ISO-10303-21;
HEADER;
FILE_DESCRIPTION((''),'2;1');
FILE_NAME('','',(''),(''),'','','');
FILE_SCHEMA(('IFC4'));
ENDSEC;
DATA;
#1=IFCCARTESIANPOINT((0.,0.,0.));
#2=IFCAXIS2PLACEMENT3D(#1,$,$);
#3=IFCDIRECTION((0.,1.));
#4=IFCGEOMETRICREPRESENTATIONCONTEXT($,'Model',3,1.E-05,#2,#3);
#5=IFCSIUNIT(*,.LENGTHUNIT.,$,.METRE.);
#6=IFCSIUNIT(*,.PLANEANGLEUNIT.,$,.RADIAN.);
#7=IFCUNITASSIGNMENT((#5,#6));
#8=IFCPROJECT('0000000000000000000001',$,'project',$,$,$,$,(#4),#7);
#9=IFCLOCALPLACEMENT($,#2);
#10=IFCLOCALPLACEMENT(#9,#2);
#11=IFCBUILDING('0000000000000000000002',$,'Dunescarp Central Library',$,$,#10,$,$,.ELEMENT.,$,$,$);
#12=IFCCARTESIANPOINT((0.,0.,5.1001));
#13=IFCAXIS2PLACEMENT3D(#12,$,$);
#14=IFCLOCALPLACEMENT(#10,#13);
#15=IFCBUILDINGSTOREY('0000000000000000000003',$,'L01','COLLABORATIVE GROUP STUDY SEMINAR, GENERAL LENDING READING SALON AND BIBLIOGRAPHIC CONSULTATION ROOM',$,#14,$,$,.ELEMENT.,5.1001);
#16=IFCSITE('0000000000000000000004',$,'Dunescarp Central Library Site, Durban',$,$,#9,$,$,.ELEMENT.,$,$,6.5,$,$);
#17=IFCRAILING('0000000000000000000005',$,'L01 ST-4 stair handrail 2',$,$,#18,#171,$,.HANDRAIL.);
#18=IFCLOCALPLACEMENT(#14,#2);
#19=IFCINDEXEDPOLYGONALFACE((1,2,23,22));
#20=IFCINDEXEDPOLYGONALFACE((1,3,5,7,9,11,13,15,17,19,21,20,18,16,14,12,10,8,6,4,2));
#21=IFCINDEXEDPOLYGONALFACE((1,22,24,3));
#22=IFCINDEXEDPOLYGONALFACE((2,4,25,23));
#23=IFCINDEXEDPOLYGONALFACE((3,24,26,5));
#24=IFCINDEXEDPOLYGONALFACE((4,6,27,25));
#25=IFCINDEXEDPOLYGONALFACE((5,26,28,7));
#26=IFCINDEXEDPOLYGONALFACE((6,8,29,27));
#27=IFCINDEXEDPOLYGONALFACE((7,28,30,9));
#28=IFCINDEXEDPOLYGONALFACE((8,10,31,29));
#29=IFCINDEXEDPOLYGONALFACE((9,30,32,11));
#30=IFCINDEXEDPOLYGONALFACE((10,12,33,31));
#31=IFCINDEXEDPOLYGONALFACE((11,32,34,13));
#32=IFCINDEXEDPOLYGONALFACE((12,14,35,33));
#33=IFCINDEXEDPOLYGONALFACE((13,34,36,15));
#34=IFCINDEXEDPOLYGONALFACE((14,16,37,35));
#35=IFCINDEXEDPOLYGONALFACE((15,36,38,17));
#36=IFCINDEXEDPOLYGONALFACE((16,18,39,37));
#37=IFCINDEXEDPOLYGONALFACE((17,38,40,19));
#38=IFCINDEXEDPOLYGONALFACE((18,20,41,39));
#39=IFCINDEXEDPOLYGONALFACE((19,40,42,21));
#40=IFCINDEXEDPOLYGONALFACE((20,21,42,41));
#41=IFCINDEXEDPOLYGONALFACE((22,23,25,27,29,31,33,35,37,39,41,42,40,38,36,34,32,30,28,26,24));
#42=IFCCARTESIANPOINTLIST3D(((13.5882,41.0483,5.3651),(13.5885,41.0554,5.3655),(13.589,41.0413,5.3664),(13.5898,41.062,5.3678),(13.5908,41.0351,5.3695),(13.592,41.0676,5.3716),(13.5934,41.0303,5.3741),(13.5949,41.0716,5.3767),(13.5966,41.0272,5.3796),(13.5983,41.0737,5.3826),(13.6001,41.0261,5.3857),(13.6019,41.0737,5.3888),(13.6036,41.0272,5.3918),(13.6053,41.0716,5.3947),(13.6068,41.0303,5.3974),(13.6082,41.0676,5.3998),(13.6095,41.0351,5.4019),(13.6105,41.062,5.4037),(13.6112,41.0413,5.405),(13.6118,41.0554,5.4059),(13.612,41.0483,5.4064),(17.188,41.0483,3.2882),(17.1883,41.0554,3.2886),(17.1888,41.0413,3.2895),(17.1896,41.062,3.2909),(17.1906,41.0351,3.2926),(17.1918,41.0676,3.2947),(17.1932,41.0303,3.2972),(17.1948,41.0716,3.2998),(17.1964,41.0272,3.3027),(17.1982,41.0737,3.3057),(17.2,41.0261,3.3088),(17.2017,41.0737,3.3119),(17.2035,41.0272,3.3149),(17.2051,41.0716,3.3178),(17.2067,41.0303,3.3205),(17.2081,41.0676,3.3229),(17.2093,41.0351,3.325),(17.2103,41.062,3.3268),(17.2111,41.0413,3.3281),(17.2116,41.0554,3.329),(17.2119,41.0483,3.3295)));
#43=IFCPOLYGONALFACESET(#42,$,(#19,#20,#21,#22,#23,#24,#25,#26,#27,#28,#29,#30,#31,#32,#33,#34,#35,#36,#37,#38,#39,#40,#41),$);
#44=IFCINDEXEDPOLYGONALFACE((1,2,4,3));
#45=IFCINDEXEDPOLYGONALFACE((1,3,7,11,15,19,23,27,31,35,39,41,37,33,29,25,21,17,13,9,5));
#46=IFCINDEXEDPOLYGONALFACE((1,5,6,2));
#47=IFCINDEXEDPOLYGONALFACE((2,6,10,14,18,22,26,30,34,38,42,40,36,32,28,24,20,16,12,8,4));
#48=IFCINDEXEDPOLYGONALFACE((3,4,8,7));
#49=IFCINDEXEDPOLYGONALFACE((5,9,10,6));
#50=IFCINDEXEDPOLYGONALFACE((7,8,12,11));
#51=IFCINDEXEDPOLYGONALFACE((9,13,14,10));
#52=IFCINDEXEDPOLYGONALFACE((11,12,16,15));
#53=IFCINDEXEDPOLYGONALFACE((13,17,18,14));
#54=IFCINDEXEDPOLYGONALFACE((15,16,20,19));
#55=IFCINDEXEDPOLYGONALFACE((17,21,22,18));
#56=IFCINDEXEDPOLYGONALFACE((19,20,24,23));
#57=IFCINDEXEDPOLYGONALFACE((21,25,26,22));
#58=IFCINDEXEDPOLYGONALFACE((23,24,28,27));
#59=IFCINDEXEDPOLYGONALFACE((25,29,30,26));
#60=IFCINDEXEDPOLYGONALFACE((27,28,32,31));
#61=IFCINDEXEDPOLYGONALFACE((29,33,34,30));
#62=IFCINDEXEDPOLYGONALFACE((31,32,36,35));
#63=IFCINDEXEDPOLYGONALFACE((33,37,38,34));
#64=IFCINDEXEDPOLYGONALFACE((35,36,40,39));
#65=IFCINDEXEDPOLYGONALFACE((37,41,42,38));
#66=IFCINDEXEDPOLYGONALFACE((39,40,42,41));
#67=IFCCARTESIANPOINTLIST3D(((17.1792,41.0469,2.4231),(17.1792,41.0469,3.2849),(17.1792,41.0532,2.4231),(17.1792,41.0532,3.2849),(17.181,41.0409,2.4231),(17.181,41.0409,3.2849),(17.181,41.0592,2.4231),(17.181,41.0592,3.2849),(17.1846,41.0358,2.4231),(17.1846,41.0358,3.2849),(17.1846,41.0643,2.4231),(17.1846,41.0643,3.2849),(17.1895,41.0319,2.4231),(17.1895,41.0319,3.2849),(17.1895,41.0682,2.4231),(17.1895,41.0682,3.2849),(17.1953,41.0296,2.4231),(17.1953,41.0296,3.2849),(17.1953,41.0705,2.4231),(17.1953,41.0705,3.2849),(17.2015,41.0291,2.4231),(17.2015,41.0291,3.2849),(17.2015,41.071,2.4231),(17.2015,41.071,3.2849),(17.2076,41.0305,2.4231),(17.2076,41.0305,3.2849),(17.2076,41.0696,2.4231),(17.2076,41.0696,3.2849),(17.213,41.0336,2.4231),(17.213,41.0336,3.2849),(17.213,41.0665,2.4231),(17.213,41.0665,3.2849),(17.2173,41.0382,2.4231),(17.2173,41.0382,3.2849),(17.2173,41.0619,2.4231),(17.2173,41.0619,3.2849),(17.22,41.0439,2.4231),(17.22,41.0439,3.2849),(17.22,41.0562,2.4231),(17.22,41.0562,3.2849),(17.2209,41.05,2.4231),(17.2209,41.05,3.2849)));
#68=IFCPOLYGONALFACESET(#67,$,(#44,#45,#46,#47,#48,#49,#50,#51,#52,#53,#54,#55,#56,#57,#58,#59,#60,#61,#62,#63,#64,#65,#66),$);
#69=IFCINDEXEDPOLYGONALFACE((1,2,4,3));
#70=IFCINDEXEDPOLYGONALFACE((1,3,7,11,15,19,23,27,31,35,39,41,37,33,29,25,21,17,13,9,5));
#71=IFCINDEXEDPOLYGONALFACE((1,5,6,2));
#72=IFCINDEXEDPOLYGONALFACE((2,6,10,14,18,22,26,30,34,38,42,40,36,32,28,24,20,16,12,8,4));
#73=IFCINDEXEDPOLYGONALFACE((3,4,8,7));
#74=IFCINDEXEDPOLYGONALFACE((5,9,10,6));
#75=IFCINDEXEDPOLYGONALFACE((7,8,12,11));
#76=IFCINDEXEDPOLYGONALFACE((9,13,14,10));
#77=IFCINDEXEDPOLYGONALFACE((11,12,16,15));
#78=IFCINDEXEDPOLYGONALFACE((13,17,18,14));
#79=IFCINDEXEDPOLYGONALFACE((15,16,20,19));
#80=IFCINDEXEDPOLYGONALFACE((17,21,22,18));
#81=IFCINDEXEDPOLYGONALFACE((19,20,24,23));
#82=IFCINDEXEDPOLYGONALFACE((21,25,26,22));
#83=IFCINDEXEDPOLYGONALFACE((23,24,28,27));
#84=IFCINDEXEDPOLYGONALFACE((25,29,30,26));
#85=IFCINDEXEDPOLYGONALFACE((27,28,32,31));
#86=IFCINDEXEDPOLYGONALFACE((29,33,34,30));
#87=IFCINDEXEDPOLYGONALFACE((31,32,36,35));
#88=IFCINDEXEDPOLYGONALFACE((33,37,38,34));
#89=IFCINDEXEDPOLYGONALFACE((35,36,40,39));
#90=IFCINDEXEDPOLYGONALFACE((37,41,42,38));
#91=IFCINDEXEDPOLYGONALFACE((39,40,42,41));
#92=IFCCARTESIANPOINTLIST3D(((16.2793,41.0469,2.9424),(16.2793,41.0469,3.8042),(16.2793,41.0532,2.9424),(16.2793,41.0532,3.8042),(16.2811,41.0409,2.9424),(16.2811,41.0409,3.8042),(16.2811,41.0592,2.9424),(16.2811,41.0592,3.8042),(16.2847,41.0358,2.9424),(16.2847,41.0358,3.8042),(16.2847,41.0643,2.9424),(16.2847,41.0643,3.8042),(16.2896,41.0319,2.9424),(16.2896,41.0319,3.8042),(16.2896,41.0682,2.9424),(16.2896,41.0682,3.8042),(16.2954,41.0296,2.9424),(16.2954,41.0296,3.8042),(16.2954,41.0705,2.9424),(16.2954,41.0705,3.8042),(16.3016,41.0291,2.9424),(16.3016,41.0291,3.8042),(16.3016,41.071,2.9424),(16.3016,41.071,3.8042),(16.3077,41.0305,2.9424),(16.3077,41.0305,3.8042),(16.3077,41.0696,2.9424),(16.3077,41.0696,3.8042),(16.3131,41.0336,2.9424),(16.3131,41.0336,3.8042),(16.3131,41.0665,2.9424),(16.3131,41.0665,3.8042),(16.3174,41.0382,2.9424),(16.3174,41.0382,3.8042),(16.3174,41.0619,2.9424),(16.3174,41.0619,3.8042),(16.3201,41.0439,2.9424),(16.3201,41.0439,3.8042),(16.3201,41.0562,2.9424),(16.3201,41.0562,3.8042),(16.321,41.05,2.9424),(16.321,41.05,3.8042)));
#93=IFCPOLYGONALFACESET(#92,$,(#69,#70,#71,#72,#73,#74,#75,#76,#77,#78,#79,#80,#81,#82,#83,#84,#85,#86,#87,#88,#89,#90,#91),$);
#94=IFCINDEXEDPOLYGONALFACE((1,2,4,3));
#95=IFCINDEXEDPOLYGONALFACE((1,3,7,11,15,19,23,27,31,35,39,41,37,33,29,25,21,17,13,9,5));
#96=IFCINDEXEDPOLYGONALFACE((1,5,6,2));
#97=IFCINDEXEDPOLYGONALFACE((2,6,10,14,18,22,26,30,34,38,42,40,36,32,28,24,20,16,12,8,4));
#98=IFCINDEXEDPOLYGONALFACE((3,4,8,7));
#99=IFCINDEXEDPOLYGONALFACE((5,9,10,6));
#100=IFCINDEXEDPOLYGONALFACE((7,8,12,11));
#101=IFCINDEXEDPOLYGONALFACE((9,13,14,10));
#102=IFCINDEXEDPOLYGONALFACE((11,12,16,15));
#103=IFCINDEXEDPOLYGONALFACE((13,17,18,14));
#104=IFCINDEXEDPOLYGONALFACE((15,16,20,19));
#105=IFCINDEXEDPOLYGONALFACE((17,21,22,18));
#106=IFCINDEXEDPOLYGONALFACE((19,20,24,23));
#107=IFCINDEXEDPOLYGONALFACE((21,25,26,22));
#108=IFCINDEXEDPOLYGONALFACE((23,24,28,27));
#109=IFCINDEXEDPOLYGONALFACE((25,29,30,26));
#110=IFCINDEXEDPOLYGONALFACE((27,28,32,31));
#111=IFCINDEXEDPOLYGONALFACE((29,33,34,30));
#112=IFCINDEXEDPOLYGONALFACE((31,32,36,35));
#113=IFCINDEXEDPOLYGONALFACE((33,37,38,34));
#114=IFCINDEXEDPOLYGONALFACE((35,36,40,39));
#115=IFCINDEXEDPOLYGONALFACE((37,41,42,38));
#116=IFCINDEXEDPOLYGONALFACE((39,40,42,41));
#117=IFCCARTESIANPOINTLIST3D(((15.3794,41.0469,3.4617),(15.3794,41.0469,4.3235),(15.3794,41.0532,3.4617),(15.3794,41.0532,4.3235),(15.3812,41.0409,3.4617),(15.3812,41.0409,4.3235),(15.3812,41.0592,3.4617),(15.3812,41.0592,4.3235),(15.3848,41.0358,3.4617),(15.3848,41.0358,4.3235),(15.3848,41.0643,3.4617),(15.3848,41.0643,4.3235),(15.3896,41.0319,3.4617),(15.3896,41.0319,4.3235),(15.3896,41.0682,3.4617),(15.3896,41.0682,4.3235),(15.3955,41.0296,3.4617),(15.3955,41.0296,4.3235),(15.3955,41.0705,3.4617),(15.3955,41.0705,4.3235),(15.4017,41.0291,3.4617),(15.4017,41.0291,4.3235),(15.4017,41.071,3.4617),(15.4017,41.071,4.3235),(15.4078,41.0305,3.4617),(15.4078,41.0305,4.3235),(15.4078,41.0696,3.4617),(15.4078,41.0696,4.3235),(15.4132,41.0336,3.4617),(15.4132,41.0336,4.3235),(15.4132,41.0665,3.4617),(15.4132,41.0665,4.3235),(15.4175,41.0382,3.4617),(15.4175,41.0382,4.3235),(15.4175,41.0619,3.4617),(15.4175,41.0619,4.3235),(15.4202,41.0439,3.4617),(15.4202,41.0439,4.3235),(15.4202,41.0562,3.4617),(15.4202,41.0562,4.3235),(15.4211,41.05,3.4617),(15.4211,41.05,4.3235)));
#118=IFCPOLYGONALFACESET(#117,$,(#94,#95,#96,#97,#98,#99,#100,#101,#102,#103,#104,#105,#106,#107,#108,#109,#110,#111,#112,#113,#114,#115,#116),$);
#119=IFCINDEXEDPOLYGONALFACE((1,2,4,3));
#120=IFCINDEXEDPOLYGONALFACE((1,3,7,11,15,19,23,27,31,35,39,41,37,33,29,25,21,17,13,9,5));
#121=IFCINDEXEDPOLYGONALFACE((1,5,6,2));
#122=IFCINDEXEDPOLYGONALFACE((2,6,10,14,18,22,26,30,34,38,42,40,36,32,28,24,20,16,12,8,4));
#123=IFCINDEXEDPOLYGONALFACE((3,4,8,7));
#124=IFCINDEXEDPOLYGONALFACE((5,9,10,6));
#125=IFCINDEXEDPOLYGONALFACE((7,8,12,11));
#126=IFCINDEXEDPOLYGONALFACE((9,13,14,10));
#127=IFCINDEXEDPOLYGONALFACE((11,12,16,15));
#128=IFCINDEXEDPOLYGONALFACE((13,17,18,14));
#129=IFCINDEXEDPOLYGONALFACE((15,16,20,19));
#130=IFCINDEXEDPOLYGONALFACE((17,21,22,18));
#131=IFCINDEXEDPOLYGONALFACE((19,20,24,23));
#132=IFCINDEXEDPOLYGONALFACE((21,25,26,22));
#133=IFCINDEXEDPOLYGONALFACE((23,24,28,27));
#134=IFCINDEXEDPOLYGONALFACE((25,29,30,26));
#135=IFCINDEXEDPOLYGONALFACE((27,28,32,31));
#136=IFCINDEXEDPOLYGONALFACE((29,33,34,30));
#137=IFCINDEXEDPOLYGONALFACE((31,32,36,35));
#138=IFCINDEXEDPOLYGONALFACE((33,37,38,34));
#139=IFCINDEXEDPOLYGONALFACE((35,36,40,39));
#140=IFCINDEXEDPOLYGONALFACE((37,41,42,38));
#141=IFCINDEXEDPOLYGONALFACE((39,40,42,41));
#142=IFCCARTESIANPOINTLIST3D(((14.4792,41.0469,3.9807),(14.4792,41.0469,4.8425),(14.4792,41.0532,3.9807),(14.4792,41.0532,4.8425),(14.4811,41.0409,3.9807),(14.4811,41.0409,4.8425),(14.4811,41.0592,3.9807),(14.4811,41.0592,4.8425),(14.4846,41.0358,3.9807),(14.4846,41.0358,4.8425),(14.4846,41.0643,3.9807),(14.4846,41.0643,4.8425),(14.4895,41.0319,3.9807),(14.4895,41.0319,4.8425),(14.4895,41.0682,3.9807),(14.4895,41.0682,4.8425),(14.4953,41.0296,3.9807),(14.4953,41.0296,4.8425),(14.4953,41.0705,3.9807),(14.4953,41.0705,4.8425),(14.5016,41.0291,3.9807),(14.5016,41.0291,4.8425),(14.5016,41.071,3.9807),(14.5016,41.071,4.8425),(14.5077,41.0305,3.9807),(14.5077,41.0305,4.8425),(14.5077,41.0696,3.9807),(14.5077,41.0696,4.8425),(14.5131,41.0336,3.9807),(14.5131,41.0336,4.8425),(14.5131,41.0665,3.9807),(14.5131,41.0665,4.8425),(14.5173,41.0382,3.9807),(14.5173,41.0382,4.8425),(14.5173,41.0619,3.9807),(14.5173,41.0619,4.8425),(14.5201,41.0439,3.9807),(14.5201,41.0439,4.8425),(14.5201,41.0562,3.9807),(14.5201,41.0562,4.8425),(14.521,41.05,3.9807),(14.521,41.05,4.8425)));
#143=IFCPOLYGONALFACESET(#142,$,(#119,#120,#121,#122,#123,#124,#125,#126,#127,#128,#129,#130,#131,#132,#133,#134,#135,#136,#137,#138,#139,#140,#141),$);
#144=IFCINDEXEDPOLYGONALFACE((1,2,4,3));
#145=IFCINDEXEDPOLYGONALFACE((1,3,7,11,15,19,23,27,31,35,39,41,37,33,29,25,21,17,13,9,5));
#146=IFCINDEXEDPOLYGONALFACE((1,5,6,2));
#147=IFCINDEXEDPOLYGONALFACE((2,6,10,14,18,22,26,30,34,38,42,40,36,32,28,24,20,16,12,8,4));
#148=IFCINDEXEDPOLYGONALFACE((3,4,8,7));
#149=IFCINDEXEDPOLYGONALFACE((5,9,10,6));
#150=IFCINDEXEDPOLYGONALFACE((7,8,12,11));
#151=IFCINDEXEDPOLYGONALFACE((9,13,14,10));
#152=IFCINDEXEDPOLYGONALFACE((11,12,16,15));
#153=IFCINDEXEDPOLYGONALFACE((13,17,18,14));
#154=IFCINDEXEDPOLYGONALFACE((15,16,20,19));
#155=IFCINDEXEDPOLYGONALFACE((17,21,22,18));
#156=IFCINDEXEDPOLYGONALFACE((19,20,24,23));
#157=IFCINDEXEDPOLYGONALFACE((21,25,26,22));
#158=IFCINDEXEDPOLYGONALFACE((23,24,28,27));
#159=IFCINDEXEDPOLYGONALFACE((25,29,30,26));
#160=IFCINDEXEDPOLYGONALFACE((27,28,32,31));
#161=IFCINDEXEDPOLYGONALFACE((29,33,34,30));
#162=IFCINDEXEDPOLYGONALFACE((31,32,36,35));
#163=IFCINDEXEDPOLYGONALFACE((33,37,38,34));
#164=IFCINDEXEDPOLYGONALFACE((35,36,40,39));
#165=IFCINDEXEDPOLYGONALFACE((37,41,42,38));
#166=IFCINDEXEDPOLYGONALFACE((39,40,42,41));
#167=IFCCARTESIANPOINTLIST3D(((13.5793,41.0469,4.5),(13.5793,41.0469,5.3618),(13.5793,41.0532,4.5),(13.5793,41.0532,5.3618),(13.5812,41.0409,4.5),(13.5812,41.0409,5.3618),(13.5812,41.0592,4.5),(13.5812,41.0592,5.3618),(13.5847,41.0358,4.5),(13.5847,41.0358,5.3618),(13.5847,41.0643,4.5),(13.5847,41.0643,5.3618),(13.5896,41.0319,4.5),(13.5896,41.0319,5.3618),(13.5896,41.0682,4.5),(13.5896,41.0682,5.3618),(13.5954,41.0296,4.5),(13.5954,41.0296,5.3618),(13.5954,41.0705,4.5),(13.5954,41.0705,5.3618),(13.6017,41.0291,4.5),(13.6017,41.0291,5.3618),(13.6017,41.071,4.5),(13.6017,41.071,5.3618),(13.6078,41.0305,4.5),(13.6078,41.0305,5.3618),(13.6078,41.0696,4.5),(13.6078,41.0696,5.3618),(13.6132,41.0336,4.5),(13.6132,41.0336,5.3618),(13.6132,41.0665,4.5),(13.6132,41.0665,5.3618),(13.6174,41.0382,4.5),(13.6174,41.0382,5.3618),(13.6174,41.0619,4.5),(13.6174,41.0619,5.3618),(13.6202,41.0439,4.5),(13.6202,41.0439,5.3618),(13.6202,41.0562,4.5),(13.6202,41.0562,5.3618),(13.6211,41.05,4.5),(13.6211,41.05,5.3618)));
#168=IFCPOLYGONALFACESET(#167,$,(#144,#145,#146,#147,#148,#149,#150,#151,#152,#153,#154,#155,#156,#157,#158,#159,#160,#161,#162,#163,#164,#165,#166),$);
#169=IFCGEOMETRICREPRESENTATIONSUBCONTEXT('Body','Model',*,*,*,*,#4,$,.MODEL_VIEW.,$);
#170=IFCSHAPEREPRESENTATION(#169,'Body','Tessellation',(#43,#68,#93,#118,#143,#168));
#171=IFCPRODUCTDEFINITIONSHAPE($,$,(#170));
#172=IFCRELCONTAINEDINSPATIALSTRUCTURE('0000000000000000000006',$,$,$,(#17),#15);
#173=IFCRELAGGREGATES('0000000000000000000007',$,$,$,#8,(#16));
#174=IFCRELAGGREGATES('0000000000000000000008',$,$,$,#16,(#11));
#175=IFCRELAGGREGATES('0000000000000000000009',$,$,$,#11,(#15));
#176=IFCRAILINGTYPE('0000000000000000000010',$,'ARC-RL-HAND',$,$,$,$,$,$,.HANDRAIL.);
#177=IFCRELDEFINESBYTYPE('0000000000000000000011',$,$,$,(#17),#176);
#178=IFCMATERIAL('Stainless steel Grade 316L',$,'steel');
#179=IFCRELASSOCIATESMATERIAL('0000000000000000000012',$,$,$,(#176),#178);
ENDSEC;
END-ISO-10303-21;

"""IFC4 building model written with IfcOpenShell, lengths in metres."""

from ifc_helpers import new_model, si_unit, direction, frame, origin, origin_2d, place, context, subcontext, project, spatial, circle, extrude, material, type_object, element, save


model = new_model("IFC4")

# Units and contexts
model_context = context("Model", 3, precision=1e-05, world=origin(), true_north=direction((0.0, 1.0)))
body_context = subcontext(model_context, "Body", "Model", "MODEL_VIEW")
ifc_project = project(units=[si_unit("LENGTHUNIT", "METRE"), si_unit("PLANEANGLEUNIT", "RADIAN")], contexts=[model_context])

# Site, building, storey
site_placement = place(None, origin())
site = spatial("IfcSite", under=ifc_project, at=site_placement, Name="Dunescarp Central Library Site, Durban", CompositionType="ELEMENT", RefElevation=6.5)
building_placement = place(site_placement, origin())
building = spatial("IfcBuilding", under=site, at=building_placement, Name="Dunescarp Central Library", CompositionType="ELEMENT")
storey_placement = place(building_placement, frame((0.0, 0.0, 5.1001)))
storey = spatial("IfcBuildingStorey", under=building, at=storey_placement, Name="L01", Description="COLLABORATIVE GROUP STUDY SEMINAR, GENERAL LENDING READING SALON AND BIBLIOGRAPHIC CONSULTATION ROOM", CompositionType="ELEMENT", Elevation=5.1001)

# Railing
ifc_material_1 = material(Name="Stainless steel Grade 316L", Category="steel")
railing_type_1 = type_object("IfcRailingType", Name="ARC-RL-HAND", PredefinedType="HANDRAIL", material=ifc_material_1)
railing_1_placement = place(storey_placement, frame((17.2, 41.05, 2.4231)))
element("IfcRailing", 1, at=railing_1_placement, inside=storey, type_object=railing_type_1, Name="L01 ST-4 stair handrail 2", PredefinedType="HANDRAIL", context=body_context, shape_type="SweptSolid", body=[
    extrude(circle(Radius=0.0239, at=origin_2d()), frame((0.0, 0.0, 0.8857), z_axis=(-0.866179, 0.0, 0.499734), x_axis=(0.0, -1.0, 0.0)), (0.0, 0.0, 1.0), 4.156),
    extrude(circle(Radius=0.021, at=origin_2d()), origin(), (0.0, 0.0, 1.0), 0.8618),
    extrude(circle(Radius=0.021, at=origin_2d()), frame((-0.8999, 0.0, 0.5193)), (0.0, 0.0, 1.0), 0.8618),
    extrude(circle(Radius=0.021, at=origin_2d()), frame((-1.7998, 0.0, 1.0386)), (0.0, 0.0, 1.0), 0.8618),
    extrude(circle(Radius=0.021, at=origin_2d()), frame((-2.7, 0.0, 1.5576)), (0.0, 0.0, 1.0), 0.8618),
    extrude(circle(Radius=0.021, at=origin_2d()), frame((-3.5999, 0.0, 2.0769)), (0.0, 0.0, 1.0), 0.8618),
])

save(model, "model.ifc")
